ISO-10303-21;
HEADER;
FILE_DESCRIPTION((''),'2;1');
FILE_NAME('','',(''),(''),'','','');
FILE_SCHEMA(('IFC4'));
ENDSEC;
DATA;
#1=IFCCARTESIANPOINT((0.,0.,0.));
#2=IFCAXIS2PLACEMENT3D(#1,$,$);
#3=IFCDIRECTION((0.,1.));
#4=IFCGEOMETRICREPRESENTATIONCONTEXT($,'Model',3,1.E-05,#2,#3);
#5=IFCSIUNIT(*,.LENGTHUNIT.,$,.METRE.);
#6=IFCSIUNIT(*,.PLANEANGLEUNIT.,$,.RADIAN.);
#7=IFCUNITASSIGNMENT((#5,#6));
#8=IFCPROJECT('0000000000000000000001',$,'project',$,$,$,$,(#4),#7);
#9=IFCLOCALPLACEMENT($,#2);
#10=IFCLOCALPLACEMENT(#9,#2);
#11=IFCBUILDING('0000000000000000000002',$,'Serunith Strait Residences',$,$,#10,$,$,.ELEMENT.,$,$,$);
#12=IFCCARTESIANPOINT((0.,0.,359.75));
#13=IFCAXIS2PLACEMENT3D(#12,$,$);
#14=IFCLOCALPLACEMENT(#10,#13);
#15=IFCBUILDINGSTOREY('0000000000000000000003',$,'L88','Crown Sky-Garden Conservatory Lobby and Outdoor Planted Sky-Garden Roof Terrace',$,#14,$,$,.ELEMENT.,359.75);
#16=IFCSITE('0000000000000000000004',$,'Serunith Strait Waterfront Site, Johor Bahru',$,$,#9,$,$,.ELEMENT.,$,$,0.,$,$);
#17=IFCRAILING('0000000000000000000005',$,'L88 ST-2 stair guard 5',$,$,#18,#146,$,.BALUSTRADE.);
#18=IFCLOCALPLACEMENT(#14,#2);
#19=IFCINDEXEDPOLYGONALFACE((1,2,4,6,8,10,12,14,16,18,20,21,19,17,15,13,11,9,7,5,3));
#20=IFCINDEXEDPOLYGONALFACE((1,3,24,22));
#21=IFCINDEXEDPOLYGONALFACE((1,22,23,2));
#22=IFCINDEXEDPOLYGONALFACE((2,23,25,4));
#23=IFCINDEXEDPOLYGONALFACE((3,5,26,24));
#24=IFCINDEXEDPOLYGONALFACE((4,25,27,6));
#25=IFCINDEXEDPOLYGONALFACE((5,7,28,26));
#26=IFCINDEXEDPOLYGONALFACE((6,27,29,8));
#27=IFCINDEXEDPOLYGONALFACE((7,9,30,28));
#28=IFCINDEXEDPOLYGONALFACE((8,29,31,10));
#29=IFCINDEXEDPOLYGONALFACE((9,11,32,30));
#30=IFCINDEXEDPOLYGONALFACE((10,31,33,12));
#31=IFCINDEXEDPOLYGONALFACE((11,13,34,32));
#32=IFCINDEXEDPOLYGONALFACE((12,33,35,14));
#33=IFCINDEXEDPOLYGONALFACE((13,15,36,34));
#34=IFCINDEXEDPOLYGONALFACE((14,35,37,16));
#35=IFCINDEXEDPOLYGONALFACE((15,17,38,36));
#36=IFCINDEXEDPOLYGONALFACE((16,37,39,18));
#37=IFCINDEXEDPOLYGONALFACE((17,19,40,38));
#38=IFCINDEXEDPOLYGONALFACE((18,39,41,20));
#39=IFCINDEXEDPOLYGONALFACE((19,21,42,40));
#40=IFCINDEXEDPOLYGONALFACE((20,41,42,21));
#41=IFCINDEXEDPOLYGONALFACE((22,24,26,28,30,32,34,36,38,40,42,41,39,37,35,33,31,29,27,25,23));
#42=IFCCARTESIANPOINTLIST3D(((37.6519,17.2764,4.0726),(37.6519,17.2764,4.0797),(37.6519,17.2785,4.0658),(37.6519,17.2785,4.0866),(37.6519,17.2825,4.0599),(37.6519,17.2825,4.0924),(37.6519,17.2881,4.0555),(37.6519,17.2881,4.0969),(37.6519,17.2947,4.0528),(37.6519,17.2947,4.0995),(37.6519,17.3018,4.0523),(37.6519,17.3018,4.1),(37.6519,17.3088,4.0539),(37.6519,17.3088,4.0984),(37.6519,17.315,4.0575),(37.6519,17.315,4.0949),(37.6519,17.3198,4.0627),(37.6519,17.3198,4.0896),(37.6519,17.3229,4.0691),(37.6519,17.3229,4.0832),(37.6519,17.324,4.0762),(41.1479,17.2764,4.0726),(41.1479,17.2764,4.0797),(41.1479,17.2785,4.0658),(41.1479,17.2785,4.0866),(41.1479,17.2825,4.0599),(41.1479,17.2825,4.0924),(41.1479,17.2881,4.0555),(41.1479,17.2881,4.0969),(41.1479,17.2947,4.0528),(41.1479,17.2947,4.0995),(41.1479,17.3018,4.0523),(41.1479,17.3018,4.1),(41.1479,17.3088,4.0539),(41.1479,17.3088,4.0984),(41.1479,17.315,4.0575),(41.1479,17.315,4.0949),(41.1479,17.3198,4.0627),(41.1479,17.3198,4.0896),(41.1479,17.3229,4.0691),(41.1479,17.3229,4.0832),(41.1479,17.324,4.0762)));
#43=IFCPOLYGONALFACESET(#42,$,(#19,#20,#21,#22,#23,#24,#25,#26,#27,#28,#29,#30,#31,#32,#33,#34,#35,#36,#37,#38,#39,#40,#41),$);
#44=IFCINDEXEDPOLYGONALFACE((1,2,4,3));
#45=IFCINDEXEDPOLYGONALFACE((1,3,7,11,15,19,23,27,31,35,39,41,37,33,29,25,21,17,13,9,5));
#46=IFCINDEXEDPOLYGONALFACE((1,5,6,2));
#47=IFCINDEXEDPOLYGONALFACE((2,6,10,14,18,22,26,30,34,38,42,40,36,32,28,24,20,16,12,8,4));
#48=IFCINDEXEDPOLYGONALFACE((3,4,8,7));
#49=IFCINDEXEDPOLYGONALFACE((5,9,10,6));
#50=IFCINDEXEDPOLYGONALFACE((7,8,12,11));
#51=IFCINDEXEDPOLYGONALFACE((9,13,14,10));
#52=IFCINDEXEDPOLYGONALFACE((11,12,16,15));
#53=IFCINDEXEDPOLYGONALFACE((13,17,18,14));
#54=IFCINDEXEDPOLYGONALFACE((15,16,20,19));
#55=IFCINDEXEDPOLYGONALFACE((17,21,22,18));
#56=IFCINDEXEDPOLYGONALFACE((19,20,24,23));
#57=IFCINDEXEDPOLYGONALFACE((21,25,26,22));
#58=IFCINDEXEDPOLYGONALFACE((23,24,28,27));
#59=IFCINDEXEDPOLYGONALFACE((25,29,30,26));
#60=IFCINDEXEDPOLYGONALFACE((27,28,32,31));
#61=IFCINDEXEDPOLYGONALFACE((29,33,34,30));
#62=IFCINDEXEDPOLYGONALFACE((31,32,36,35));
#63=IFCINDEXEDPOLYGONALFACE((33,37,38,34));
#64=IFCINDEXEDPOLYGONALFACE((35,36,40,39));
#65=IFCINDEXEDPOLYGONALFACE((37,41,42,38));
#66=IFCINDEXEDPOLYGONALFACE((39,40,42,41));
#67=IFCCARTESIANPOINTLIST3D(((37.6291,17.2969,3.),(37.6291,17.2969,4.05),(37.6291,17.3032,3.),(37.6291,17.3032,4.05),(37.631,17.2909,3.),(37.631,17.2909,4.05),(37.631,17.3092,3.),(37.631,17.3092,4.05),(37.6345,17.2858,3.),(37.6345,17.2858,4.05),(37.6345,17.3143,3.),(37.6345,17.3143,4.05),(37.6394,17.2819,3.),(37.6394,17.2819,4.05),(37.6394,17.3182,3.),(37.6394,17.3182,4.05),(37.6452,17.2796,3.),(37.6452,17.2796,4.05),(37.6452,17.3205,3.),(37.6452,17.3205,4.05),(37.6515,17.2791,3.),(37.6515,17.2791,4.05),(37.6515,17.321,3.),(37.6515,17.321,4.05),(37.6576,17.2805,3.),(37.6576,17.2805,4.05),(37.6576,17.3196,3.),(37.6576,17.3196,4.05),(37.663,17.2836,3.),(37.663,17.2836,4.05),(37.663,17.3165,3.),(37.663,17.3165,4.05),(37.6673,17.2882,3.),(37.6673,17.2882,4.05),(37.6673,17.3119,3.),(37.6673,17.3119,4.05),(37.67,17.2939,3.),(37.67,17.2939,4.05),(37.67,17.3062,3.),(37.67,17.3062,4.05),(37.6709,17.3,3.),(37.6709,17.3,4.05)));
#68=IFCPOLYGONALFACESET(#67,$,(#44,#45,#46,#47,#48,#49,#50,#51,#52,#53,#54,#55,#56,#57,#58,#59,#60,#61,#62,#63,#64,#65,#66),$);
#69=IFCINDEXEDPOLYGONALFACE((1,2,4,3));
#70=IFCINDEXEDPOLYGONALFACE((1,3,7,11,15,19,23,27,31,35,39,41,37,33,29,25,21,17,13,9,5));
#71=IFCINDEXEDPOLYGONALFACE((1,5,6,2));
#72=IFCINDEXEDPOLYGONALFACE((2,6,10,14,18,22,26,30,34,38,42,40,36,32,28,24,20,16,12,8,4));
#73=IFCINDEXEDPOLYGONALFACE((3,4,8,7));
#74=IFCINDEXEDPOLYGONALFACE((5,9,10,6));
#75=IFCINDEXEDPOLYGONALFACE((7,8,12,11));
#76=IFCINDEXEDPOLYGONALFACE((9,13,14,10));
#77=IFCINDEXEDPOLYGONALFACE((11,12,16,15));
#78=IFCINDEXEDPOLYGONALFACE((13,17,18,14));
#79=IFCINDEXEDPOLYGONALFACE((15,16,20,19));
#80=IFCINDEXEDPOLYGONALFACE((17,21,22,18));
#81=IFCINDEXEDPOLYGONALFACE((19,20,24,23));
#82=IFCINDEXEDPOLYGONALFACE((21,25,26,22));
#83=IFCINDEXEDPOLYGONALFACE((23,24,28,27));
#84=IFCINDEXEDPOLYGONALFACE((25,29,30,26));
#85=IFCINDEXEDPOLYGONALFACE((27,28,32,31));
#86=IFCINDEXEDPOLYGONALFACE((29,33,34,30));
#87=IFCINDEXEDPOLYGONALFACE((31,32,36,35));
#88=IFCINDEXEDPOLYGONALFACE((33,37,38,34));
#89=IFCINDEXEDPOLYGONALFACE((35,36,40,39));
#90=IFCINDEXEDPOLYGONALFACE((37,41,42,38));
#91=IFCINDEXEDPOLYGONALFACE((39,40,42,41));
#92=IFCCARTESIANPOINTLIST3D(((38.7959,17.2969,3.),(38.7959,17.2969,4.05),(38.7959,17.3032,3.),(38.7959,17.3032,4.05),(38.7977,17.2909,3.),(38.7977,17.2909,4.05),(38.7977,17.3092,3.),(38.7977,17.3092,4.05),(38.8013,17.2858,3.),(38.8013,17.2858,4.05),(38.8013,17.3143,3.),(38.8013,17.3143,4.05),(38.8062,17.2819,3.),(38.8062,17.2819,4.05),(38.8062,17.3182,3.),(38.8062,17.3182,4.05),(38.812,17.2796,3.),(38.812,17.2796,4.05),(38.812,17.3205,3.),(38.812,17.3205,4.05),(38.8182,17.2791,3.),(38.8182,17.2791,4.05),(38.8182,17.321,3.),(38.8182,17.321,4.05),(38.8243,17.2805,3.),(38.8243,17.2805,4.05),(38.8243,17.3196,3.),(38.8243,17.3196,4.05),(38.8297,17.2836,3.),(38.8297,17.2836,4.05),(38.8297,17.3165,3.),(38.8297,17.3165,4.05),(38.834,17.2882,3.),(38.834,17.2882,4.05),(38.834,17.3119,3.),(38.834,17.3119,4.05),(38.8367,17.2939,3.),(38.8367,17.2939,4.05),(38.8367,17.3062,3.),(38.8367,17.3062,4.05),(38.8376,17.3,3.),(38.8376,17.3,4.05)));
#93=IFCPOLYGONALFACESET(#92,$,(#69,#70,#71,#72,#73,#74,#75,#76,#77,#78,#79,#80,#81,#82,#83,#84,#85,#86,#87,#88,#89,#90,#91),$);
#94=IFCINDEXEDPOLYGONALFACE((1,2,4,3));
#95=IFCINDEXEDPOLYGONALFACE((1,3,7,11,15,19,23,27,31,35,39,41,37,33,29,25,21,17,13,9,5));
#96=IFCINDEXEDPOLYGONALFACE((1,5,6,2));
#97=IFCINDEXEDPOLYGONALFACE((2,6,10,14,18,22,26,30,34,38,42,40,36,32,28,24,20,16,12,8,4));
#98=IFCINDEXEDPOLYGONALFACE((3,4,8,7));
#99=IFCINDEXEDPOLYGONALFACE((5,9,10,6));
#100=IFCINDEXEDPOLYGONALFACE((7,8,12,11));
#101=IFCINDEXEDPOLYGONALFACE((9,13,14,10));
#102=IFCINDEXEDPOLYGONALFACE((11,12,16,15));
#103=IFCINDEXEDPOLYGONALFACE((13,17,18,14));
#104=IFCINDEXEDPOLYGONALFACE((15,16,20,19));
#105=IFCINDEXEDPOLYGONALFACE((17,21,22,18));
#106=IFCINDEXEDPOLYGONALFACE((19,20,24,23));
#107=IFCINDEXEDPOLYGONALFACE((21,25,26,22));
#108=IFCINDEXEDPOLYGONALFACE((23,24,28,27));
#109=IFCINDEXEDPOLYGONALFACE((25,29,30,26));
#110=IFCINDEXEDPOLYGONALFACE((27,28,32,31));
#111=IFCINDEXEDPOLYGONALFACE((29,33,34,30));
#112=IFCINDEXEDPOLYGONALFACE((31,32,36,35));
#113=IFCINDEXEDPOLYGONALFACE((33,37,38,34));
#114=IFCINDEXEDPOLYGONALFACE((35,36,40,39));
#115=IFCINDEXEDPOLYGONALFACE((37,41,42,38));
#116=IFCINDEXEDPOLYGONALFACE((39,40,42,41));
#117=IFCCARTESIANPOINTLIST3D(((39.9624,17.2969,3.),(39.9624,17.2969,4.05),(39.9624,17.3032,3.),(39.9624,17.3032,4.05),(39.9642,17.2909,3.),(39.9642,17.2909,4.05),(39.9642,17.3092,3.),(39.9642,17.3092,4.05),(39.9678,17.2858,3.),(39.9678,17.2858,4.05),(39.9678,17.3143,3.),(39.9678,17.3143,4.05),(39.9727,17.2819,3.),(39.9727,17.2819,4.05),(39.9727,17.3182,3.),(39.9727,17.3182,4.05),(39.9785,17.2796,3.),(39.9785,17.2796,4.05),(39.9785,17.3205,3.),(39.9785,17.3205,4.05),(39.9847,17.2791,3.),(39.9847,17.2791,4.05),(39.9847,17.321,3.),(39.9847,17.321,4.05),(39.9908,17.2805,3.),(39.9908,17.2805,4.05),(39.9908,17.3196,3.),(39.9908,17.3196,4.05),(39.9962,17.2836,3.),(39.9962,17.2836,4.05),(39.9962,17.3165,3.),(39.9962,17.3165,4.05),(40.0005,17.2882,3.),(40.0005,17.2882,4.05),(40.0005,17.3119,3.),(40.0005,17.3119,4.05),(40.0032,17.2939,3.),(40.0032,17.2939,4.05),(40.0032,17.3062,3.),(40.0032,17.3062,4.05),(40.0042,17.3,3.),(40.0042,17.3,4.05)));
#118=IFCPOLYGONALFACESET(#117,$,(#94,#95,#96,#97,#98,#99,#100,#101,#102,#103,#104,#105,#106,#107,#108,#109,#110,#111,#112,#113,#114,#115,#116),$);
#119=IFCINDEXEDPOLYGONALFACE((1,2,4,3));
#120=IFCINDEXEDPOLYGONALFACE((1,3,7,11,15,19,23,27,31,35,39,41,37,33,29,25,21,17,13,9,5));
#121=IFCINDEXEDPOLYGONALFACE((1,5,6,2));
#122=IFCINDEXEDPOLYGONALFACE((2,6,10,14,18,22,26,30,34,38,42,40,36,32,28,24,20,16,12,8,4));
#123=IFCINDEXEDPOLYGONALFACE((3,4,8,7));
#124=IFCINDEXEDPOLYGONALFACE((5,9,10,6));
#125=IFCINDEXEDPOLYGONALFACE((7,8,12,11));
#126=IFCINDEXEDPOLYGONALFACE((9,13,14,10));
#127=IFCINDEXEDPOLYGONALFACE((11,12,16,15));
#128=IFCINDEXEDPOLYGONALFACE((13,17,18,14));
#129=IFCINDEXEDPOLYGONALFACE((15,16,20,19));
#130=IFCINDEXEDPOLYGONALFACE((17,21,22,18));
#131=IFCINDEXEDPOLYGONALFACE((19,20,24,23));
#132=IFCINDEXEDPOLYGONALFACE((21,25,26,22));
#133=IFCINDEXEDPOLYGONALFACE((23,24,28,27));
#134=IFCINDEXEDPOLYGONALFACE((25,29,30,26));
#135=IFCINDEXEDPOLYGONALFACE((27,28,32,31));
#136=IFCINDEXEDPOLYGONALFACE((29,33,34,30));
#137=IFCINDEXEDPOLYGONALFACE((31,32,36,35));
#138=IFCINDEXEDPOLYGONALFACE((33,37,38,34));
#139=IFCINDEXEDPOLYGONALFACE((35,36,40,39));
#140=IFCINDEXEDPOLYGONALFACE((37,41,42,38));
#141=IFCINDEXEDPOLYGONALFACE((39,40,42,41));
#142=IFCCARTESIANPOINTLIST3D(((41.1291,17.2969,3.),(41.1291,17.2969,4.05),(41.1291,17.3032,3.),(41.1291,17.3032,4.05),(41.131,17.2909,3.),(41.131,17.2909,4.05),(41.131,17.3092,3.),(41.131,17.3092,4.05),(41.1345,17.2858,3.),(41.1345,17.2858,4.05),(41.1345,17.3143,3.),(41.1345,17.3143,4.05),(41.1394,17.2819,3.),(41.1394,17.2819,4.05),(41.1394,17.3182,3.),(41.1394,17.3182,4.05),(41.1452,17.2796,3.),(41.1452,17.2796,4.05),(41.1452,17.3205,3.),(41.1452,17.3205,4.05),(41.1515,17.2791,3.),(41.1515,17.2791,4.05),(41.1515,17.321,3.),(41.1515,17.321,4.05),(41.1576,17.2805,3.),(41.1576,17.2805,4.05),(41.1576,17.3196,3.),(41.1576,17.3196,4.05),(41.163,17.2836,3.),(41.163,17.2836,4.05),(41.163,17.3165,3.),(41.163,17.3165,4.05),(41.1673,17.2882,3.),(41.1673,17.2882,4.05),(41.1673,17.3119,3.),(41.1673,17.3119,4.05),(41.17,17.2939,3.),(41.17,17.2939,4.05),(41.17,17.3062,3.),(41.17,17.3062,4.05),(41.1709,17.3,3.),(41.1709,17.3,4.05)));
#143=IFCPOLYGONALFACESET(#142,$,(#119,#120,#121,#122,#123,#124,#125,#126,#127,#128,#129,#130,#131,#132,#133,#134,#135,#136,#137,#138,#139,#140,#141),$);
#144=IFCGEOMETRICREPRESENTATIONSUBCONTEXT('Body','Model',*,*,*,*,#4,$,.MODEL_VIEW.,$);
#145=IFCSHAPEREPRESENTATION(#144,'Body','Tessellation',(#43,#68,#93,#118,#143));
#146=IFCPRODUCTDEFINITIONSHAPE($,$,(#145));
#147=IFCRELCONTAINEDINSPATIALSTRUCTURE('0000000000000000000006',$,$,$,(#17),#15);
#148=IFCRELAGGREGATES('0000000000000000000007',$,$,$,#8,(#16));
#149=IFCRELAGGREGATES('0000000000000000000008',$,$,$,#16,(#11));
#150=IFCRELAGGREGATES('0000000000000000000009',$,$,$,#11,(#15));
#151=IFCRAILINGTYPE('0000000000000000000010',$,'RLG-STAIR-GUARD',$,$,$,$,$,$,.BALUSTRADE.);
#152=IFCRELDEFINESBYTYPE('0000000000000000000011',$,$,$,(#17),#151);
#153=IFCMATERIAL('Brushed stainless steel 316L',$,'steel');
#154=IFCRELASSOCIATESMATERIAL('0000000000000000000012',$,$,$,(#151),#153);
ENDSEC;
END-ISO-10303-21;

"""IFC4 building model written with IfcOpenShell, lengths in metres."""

from ifc_helpers import new_model, si_unit, direction, frame, origin, origin_2d, place, context, subcontext, project, spatial, circle, extrude, material, type_object, element, save


model = new_model("IFC4")

# Units and contexts
model_context = context("Model", 3, precision=1e-05, world=origin(), true_north=direction((0.0, 1.0)))
body_context = subcontext(model_context, "Body", "Model", "MODEL_VIEW")
ifc_project = project(units=[si_unit("LENGTHUNIT", "METRE"), si_unit("PLANEANGLEUNIT", "RADIAN")], contexts=[model_context])

# Site, building, storey
site_placement = place(None, origin())
site = spatial("IfcSite", under=ifc_project, at=site_placement, Name="Serunith Strait Waterfront Site, Johor Bahru", CompositionType="ELEMENT", RefElevation=0.0)
building_placement = place(site_placement, origin())
building = spatial("IfcBuilding", under=site, at=building_placement, Name="Serunith Strait Residences", CompositionType="ELEMENT")
storey_placement = place(building_placement, frame((0.0, 0.0, 359.75)))
storey = spatial("IfcBuildingStorey", under=building, at=storey_placement, Name="L88", Description="Crown Sky-Garden Conservatory Lobby and Outdoor Planted Sky-Garden Roof Terrace", CompositionType="ELEMENT", Elevation=359.75)

# Railing
ifc_material_1 = material(Name="Brushed stainless steel 316L", Category="steel")
railing_type_1 = type_object("IfcRailingType", Name="RLG-STAIR-GUARD", PredefinedType="BALUSTRADE", material=ifc_material_1)
railing_1_placement = place(storey_placement, frame((37.6499, 17.3, 3.0)))
element("IfcRailing", 1, at=railing_1_placement, inside=storey, type_object=railing_type_1, Name="L88 ST-2 stair guard 5", PredefinedType="BALUSTRADE", context=body_context, shape_type="SweptSolid", body=[
    extrude(circle(Radius=0.0239, at=origin_2d()), frame((0.002, 0.0, 1.0762), z_axis=(1.0, 0.0, 0.0), x_axis=(0.0, 1.0, 0.0)), (0.0, 0.0, 1.0), 3.4961),
    extrude(circle(Radius=0.021, at=origin_2d()), origin(), (0.0, 0.0, 1.0), 1.05),
    extrude(circle(Radius=0.021, at=origin_2d()), frame((1.1667, 0.0, 0.0)), (0.0, 0.0, 1.0), 1.05),
    extrude(circle(Radius=0.021, at=origin_2d()), frame((2.3333, 0.0, 0.0)), (0.0, 0.0, 1.0), 1.05),
    extrude(circle(Radius=0.021, at=origin_2d()), frame((3.5, 0.0, 0.0)), (0.0, 0.0, 1.0), 1.05),
])

save(model, "model.ifc")
